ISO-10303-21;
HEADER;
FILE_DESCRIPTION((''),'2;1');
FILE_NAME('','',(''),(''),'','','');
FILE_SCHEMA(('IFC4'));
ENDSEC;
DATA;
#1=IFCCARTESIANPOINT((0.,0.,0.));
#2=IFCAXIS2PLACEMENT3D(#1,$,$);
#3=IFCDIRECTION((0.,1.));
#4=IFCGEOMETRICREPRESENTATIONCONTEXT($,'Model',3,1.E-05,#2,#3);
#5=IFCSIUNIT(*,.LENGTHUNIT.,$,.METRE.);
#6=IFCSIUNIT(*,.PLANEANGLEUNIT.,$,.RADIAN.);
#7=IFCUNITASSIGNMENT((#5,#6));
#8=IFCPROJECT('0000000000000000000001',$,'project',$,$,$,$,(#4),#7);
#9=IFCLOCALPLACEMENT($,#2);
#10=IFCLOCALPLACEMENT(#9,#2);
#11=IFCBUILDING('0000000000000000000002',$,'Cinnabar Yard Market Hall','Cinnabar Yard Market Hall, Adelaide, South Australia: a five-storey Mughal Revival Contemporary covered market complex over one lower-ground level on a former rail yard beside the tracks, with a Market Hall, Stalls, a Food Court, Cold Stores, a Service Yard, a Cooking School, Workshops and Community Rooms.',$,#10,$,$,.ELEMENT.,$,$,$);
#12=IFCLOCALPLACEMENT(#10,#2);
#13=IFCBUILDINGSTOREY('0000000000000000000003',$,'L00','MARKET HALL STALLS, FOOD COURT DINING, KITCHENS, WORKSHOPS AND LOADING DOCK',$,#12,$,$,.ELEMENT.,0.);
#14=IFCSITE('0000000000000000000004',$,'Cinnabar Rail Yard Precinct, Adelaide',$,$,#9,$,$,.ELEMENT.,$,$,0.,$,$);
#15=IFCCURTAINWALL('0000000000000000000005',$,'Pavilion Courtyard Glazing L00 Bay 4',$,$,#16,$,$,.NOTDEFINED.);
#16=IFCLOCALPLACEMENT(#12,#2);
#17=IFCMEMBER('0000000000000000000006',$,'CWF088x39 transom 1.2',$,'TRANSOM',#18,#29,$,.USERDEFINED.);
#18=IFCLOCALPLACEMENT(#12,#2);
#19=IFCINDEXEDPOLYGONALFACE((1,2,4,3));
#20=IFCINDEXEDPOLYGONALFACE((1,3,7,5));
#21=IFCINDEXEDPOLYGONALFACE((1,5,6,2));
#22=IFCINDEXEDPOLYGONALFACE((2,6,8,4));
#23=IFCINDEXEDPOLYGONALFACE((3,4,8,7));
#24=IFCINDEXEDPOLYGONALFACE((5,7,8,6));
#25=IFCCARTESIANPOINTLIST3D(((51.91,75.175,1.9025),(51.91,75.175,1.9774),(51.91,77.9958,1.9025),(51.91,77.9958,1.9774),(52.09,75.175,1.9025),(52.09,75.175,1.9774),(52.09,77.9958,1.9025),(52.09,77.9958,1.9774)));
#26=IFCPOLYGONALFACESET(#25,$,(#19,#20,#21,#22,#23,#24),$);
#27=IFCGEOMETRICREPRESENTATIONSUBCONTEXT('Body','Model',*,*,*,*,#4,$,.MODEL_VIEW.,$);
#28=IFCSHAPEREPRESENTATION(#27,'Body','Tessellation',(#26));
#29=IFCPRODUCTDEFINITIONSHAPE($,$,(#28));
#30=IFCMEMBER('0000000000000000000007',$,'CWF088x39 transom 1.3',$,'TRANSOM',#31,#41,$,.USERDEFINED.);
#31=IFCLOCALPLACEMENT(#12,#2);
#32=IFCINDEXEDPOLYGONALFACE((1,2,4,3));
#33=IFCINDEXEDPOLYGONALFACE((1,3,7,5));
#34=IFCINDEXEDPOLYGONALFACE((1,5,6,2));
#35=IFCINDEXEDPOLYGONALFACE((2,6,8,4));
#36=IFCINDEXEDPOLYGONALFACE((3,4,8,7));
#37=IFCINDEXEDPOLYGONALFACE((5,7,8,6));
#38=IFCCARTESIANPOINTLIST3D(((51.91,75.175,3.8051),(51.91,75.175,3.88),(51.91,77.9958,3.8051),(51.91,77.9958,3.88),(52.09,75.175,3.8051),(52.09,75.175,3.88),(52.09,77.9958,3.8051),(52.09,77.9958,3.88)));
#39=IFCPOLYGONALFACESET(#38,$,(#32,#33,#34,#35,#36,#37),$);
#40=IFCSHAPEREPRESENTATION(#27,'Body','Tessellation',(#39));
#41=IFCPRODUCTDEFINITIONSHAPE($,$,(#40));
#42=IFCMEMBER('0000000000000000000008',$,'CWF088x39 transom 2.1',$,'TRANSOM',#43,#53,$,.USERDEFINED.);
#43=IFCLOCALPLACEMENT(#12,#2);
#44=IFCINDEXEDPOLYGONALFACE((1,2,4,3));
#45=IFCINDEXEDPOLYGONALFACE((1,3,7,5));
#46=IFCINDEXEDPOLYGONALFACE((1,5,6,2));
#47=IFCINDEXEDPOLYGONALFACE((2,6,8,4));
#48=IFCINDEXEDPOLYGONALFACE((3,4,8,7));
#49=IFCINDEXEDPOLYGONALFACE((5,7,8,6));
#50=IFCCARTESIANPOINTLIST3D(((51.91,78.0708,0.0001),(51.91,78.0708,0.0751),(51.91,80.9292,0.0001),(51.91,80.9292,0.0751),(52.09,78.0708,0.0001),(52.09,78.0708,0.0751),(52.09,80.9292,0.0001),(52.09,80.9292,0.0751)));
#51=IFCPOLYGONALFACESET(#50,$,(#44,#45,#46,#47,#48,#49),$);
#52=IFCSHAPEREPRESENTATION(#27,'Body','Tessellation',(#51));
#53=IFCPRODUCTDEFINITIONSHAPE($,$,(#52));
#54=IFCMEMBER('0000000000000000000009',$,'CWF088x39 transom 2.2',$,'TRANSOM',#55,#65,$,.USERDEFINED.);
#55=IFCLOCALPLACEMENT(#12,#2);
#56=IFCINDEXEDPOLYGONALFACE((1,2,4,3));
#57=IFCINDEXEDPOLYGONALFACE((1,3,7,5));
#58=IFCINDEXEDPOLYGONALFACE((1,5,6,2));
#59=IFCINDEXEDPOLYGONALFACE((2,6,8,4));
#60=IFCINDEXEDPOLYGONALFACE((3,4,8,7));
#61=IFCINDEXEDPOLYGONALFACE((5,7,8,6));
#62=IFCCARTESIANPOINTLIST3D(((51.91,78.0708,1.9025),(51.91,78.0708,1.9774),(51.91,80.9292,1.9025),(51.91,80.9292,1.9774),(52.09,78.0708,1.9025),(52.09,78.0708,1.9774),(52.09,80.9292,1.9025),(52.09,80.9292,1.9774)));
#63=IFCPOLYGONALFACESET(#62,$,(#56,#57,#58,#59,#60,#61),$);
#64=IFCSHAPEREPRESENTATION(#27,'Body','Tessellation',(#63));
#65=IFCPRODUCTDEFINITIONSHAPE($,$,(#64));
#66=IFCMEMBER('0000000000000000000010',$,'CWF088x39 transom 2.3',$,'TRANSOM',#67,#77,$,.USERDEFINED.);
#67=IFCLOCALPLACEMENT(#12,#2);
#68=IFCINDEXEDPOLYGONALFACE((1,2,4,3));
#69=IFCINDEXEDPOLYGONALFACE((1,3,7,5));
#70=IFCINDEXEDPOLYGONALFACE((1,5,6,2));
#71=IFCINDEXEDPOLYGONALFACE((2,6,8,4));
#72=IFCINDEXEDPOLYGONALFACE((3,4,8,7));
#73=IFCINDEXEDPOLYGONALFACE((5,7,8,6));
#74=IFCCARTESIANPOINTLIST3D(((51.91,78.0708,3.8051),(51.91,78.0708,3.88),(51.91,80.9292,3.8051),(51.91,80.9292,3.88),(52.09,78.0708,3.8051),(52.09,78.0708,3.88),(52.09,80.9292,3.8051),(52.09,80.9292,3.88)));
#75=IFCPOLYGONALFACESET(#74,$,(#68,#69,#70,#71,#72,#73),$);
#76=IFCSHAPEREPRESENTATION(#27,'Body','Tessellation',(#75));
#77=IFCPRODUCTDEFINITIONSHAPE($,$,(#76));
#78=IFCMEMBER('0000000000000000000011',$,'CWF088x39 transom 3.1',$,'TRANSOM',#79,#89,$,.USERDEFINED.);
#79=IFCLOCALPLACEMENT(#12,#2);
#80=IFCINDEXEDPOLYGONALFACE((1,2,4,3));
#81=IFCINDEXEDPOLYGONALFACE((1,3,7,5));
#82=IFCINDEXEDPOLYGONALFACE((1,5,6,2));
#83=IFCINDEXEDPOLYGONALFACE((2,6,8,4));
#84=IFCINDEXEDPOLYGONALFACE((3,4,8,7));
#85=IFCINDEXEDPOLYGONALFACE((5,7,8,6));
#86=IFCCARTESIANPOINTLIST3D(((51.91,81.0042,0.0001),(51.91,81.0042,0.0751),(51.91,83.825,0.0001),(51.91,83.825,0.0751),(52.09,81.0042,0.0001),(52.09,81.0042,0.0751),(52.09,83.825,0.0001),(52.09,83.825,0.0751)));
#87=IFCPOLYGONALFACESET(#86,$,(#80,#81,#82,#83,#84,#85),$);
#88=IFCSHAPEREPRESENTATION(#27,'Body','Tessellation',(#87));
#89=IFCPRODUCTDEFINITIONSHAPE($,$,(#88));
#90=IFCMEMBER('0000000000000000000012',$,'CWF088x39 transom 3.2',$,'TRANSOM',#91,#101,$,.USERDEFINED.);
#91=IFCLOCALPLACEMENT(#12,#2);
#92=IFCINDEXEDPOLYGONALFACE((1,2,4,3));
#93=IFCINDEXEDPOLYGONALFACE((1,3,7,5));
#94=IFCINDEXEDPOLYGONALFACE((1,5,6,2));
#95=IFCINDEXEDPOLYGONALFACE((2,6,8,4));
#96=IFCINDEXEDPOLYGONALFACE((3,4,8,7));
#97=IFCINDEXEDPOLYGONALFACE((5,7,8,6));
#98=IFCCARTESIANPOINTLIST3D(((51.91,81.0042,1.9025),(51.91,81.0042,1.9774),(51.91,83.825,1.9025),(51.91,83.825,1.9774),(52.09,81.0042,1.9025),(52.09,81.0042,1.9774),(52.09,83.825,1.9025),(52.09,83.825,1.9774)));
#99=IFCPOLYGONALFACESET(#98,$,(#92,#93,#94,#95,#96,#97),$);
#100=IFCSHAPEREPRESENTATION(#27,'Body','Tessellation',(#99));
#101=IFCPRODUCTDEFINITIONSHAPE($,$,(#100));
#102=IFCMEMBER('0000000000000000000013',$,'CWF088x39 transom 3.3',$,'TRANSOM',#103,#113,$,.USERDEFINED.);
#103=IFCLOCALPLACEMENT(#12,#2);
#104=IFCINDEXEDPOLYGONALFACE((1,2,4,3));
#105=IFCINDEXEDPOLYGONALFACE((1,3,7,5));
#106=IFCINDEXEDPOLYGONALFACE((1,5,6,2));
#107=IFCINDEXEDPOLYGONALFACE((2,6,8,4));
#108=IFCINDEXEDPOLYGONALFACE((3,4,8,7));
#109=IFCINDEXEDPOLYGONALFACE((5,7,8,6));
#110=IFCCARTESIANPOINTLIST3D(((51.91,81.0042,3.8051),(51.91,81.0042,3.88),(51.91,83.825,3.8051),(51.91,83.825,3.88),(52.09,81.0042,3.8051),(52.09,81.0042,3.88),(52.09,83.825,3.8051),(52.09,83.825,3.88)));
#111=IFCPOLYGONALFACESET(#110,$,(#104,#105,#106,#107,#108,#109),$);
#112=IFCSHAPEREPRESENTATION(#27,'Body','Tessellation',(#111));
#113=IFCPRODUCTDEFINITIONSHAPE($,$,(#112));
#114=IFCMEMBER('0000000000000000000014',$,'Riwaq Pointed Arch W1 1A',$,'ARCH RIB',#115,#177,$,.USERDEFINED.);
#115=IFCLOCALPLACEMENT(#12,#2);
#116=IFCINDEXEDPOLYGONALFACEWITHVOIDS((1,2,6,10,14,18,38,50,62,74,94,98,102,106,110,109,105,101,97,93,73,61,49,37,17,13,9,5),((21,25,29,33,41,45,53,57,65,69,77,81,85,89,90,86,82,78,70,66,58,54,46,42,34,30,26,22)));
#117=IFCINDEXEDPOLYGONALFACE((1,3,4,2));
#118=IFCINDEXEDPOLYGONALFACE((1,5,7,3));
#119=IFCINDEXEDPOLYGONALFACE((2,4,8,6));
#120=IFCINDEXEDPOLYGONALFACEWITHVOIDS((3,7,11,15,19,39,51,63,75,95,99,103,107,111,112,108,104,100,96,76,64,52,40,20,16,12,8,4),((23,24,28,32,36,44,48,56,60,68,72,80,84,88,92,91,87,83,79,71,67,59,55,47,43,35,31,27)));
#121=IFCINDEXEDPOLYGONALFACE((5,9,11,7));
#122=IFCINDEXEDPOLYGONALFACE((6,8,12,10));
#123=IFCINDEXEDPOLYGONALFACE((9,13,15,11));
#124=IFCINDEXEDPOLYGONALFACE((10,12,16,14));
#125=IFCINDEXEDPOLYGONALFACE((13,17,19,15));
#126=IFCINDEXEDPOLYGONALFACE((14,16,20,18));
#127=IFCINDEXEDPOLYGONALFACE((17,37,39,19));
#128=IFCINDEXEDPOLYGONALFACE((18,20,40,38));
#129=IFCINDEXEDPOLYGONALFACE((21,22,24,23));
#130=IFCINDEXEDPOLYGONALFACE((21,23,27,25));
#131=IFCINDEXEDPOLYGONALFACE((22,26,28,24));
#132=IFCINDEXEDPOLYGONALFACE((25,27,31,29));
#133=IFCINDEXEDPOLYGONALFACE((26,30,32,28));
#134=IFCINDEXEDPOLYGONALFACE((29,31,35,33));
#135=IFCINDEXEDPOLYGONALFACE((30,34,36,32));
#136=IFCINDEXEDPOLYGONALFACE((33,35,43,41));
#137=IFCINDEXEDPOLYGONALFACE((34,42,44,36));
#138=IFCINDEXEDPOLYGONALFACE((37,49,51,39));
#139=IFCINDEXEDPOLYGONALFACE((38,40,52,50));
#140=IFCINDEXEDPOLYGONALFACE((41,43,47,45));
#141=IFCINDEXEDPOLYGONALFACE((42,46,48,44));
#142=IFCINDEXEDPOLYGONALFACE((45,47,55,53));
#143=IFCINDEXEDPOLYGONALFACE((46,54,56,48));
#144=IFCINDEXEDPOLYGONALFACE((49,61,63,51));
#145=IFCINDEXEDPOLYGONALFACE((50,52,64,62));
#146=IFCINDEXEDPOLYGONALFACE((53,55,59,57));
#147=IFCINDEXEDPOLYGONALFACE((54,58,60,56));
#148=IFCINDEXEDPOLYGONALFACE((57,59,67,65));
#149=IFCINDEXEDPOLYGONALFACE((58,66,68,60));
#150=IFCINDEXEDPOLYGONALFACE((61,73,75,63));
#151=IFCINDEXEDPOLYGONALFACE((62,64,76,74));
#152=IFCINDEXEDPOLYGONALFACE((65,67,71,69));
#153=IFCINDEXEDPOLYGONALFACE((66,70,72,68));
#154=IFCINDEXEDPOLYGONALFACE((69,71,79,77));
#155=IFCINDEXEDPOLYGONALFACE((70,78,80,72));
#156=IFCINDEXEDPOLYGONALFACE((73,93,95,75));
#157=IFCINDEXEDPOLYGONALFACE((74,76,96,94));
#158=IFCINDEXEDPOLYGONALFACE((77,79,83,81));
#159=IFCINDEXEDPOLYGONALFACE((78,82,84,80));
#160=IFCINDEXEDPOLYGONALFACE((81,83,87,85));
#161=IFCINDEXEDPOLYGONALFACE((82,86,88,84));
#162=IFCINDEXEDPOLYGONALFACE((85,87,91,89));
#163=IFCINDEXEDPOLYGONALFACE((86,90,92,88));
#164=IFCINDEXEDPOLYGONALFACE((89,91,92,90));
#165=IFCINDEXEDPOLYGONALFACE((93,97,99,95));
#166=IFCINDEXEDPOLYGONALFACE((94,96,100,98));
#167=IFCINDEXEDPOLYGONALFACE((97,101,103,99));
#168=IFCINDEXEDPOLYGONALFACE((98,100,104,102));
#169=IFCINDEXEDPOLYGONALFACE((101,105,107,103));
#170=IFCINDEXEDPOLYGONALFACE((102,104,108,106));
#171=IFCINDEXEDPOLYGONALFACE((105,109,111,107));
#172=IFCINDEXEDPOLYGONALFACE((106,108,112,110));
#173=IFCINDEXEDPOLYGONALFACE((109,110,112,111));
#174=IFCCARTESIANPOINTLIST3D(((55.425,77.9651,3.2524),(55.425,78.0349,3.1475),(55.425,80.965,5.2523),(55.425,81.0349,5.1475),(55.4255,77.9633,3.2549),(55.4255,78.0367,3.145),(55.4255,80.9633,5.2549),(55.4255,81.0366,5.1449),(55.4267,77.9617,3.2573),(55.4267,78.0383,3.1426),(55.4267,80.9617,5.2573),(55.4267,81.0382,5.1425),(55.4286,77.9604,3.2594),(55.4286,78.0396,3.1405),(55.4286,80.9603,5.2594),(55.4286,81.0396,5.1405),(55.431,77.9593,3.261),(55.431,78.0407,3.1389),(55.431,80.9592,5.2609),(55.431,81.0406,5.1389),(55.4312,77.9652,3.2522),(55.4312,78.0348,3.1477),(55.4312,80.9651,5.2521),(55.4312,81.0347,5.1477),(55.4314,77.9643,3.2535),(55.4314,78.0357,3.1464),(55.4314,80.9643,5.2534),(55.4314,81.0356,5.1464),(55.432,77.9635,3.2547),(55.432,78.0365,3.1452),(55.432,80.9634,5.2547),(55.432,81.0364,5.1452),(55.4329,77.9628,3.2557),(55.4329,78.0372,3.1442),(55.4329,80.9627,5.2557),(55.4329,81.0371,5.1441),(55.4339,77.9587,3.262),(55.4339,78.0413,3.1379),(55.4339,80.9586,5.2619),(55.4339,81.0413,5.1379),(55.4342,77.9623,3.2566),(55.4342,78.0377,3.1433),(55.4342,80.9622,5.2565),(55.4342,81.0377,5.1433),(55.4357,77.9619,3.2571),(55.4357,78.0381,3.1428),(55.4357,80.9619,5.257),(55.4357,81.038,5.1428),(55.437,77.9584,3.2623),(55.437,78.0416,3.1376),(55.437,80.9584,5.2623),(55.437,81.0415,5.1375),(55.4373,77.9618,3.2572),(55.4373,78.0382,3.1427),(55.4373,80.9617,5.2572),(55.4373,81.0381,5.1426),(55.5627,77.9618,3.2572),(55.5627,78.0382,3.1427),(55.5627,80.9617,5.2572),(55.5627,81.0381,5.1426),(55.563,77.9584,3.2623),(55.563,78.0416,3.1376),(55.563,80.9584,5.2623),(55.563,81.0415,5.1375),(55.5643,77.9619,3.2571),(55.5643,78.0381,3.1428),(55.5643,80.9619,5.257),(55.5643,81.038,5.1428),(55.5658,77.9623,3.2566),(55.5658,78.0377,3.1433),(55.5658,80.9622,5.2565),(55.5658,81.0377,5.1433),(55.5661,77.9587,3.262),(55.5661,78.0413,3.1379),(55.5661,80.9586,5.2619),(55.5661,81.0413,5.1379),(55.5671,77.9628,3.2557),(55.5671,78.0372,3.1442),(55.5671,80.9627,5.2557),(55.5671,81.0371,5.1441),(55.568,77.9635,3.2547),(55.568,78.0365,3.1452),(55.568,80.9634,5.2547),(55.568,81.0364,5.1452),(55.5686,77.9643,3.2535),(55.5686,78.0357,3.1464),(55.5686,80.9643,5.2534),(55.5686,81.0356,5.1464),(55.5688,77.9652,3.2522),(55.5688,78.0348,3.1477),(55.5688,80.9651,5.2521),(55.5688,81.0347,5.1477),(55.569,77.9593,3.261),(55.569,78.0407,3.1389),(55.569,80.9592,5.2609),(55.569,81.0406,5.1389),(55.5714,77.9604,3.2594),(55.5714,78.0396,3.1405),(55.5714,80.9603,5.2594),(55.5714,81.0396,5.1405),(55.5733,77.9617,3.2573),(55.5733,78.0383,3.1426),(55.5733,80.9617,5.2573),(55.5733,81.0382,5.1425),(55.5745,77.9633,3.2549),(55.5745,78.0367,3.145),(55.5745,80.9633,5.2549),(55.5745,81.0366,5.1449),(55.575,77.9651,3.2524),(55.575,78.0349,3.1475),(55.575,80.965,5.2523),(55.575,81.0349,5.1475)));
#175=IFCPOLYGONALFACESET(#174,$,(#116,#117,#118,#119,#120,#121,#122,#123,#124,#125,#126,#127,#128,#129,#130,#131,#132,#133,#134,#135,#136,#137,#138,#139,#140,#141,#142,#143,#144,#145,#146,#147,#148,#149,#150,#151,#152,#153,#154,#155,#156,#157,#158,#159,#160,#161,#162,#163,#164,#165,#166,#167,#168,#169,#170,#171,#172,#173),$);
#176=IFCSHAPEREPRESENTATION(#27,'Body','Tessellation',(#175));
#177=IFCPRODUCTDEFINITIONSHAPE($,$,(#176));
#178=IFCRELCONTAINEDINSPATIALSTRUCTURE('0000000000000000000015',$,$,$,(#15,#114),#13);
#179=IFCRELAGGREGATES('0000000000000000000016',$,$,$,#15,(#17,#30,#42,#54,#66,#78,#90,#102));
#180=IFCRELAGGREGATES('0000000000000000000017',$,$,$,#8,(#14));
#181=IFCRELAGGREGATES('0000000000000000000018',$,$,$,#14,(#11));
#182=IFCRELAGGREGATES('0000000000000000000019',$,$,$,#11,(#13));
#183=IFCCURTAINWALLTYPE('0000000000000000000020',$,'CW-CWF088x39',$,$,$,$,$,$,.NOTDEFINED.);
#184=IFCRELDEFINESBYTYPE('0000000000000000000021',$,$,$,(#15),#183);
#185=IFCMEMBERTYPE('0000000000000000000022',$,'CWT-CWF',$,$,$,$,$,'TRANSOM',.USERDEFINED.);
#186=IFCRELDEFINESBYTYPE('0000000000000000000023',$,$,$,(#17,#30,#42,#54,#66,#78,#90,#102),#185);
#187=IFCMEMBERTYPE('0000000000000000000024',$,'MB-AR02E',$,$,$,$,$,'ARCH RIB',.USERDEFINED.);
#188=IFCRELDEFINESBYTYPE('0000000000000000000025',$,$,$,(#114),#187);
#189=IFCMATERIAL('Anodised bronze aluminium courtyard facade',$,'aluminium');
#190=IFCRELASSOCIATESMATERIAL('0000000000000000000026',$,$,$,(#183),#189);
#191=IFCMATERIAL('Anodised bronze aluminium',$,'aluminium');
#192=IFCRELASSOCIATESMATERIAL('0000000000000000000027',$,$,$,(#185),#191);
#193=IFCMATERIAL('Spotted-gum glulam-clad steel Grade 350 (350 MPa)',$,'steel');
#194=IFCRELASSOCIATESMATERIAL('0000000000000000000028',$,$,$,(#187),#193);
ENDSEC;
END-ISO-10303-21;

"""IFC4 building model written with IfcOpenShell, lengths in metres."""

from ifc_helpers import new_model, si_unit, direction, frame, origin, origin_2d_with_axis, place, context, subcontext, project, spatial, rectangle, hollow_rectangle, extrude, material, material_profile, profile_set, type_object, element, aggregate, save


model = new_model("IFC4")

# Units and contexts
model_context = context("Model", 3, precision=1e-05, world=origin(), true_north=direction((0.0, 1.0)))
body_context = subcontext(model_context, "Body", "Model", "MODEL_VIEW")
ifc_project = project(units=[si_unit("LENGTHUNIT", "METRE"), si_unit("PLANEANGLEUNIT", "RADIAN")], contexts=[model_context])

# Site, building, storey
site_placement = place(None, origin())
site = spatial("IfcSite", under=ifc_project, at=site_placement, Name="Cinnabar Rail Yard Precinct, Adelaide", CompositionType="ELEMENT", RefElevation=0.0)
building_placement = place(site_placement, origin())
building = spatial("IfcBuilding", under=site, at=building_placement, Name="Cinnabar Yard Market Hall", Description="Cinnabar Yard Market Hall, Adelaide, South Australia: a five-storey Mughal Revival Contemporary covered market complex over one lower-ground level on a former rail yard beside the tracks, with a Market Hall, Stalls, a Food Court, Cold Stores, a Service Yard, a Cooking School, Workshops and Community Rooms.", CompositionType="ELEMENT")
storey_placement = place(building_placement, origin())
storey = spatial("IfcBuildingStorey", under=building, at=storey_placement, Name="L00", Description="MARKET HALL STALLS, FOOD COURT DINING, KITCHENS, WORKSHOPS AND LOADING DOCK", CompositionType="ELEMENT", Elevation=0.0)

# Shared definitions
ifc_material_1 = material(Name="Spotted-gum glulam-clad steel Grade 350 (350 MPa)", Category="steel")

# Shared definitions
ifc_material_2 = material(Name="Anodised bronze aluminium courtyard facade", Category="aluminium")
curtain_wall_type = type_object("IfcCurtainWallType", Name="CW-CWF088x39", PredefinedType="NOTDEFINED", material=ifc_material_2)
ifc_material_3 = material(Name="Anodised bronze aluminium", Category="aluminium")

# Curtain wall
curtain_wall_1_placement = place(storey_placement, origin())
curtain_wall_1 = element("IfcCurtainWall", 1, at=curtain_wall_1_placement, inside=storey, type_object=curtain_wall_type, Name="Pavilion Courtyard Glazing L00 Bay 4", PredefinedType="NOTDEFINED")

# Members
ifc_material_profile_1 = material_profile(ifc_material_3, rectangle(XDim=0.1799, YDim=0.075, at=origin_2d_with_axis()), Name="TRN-CWF")
ifc_profile_set_1 = profile_set([ifc_material_profile_1], Name="Anodised bronze aluminium")
member_type_1 = type_object("IfcMemberType", Name="CWT-CWF", ElementType="TRANSOM", PredefinedType="USERDEFINED", material=ifc_profile_set_1)
member_1_placement = place(storey_placement, frame((52.0, 75.175, 1.9399), z_axis=(0.0, 1.0, 0.0), x_axis=(-1.0, 0.0, 0.0)))
member_1 = element("IfcMember", 2, at=member_1_placement, type_object=member_type_1, Name="CWF088x39 transom 1.2", ObjectType="TRANSOM", PredefinedType="USERDEFINED", context=body_context, shape_type="SweptSolid", body=[
    extrude(rectangle(XDim=0.1799, YDim=0.075, at=origin_2d_with_axis()), origin(), (0.0, 0.0, 1.0), 2.8208),
])
member_2_placement = place(storey_placement, frame((52.0, 75.175, 3.8425), z_axis=(0.0, 1.0, 0.0), x_axis=(-1.0, 0.0, 0.0)))
member_2 = element("IfcMember", 3, at=member_2_placement, type_object=member_type_1, Name="CWF088x39 transom 1.3", ObjectType="TRANSOM", PredefinedType="USERDEFINED", context=body_context, shape_type="SweptSolid", body=[
    extrude(rectangle(XDim=0.1799, YDim=0.075, at=origin_2d_with_axis()), origin(), (0.0, 0.0, 1.0), 2.8208),
])
member_3_placement = place(storey_placement, frame((52.0, 78.0708, 0.0376), z_axis=(0.0, 1.0, 0.0), x_axis=(-1.0, 0.0, 0.0)))
member_3 = element("IfcMember", 4, at=member_3_placement, type_object=member_type_1, Name="CWF088x39 transom 2.1", ObjectType="TRANSOM", PredefinedType="USERDEFINED", context=body_context, shape_type="SweptSolid", body=[
    extrude(rectangle(XDim=0.1799, YDim=0.075, at=origin_2d_with_axis()), origin(), (0.0, 0.0, 1.0), 2.8584),
])
member_4_placement = place(storey_placement, frame((52.0, 78.0708, 1.9399), z_axis=(0.0, 1.0, 0.0), x_axis=(-1.0, 0.0, 0.0)))
member_4 = element("IfcMember", 5, at=member_4_placement, type_object=member_type_1, Name="CWF088x39 transom 2.2", ObjectType="TRANSOM", PredefinedType="USERDEFINED", context=body_context, shape_type="SweptSolid", body=[
    extrude(rectangle(XDim=0.1799, YDim=0.075, at=origin_2d_with_axis()), origin(), (0.0, 0.0, 1.0), 2.8584),
])
member_5_placement = place(storey_placement, frame((52.0, 78.0708, 3.8425), z_axis=(0.0, 1.0, 0.0), x_axis=(-1.0, 0.0, 0.0)))
member_5 = element("IfcMember", 6, at=member_5_placement, type_object=member_type_1, Name="CWF088x39 transom 2.3", ObjectType="TRANSOM", PredefinedType="USERDEFINED", context=body_context, shape_type="SweptSolid", body=[
    extrude(rectangle(XDim=0.1799, YDim=0.075, at=origin_2d_with_axis()), origin(), (0.0, 0.0, 1.0), 2.8584),
])
member_6_placement = place(storey_placement, frame((52.0, 81.0042, 0.0376), z_axis=(0.0, 1.0, 0.0), x_axis=(-1.0, 0.0, 0.0)))
member_6 = element("IfcMember", 7, at=member_6_placement, type_object=member_type_1, Name="CWF088x39 transom 3.1", ObjectType="TRANSOM", PredefinedType="USERDEFINED", context=body_context, shape_type="SweptSolid", body=[
    extrude(rectangle(XDim=0.1799, YDim=0.075, at=origin_2d_with_axis()), origin(), (0.0, 0.0, 1.0), 2.8208),
])
member_7_placement = place(storey_placement, frame((52.0, 81.0042, 1.9399), z_axis=(0.0, 1.0, 0.0), x_axis=(-1.0, 0.0, 0.0)))
member_7 = element("IfcMember", 8, at=member_7_placement, type_object=member_type_1, Name="CWF088x39 transom 3.2", ObjectType="TRANSOM", PredefinedType="USERDEFINED", context=body_context, shape_type="SweptSolid", body=[
    extrude(rectangle(XDim=0.1799, YDim=0.075, at=origin_2d_with_axis()), origin(), (0.0, 0.0, 1.0), 2.8208),
])
member_8_placement = place(storey_placement, frame((52.0, 81.0042, 3.8425), z_axis=(0.0, 1.0, 0.0), x_axis=(-1.0, 0.0, 0.0)))
member_8 = element("IfcMember", 9, at=member_8_placement, type_object=member_type_1, Name="CWF088x39 transom 3.3", ObjectType="TRANSOM", PredefinedType="USERDEFINED", context=body_context, shape_type="SweptSolid", body=[
    extrude(rectangle(XDim=0.1799, YDim=0.075, at=origin_2d_with_axis()), origin(), (0.0, 0.0, 1.0), 2.8208),
])

# Member
ifc_material_profile_2 = material_profile(ifc_material_1, hollow_rectangle(XDim=0.1499, YDim=0.1499, WallThickness=0.0061, InnerFilletRadius=0.0061, OuterFilletRadius=0.012, at=origin_2d_with_axis()), Name="150x150x6.0SHS")
ifc_profile_set_2 = profile_set([ifc_material_profile_2], Name="Spotted-gum glulam-clad steel Grade 350 (350 MPa)")
member_type_2 = type_object("IfcMemberType", Name="MB-AR02E", ElementType="ARCH RIB", PredefinedType="USERDEFINED", material=ifc_profile_set_2)
for number, where, z_axis, x_axis, name in (
    (10, (55.5, 78.0, 3.2), (0.0, 0.83205, 0.5547), (-1.0, 0.0, 0.0), "Riwaq Pointed Arch W1 1A"),
):
    element("IfcMember", number, at=place(storey_placement, frame(where, z_axis=z_axis, x_axis=x_axis)), inside=storey, type_object=member_type_2, Name=name, ObjectType="ARCH RIB", PredefinedType="USERDEFINED", context=body_context, shape_type="SweptSolid", body=[
        extrude(hollow_rectangle(XDim=0.1499, YDim=0.1499, WallThickness=0.0061, InnerFilletRadius=0.0061, OuterFilletRadius=0.012, at=origin_2d_with_axis()), origin(), (0.0, 0.0, 1.0), 3.6055),
    ])

aggregate(curtain_wall_1, [member_1, member_2, member_3, member_4, member_5, member_6, member_7, member_8])

save(model, "model.ifc")
